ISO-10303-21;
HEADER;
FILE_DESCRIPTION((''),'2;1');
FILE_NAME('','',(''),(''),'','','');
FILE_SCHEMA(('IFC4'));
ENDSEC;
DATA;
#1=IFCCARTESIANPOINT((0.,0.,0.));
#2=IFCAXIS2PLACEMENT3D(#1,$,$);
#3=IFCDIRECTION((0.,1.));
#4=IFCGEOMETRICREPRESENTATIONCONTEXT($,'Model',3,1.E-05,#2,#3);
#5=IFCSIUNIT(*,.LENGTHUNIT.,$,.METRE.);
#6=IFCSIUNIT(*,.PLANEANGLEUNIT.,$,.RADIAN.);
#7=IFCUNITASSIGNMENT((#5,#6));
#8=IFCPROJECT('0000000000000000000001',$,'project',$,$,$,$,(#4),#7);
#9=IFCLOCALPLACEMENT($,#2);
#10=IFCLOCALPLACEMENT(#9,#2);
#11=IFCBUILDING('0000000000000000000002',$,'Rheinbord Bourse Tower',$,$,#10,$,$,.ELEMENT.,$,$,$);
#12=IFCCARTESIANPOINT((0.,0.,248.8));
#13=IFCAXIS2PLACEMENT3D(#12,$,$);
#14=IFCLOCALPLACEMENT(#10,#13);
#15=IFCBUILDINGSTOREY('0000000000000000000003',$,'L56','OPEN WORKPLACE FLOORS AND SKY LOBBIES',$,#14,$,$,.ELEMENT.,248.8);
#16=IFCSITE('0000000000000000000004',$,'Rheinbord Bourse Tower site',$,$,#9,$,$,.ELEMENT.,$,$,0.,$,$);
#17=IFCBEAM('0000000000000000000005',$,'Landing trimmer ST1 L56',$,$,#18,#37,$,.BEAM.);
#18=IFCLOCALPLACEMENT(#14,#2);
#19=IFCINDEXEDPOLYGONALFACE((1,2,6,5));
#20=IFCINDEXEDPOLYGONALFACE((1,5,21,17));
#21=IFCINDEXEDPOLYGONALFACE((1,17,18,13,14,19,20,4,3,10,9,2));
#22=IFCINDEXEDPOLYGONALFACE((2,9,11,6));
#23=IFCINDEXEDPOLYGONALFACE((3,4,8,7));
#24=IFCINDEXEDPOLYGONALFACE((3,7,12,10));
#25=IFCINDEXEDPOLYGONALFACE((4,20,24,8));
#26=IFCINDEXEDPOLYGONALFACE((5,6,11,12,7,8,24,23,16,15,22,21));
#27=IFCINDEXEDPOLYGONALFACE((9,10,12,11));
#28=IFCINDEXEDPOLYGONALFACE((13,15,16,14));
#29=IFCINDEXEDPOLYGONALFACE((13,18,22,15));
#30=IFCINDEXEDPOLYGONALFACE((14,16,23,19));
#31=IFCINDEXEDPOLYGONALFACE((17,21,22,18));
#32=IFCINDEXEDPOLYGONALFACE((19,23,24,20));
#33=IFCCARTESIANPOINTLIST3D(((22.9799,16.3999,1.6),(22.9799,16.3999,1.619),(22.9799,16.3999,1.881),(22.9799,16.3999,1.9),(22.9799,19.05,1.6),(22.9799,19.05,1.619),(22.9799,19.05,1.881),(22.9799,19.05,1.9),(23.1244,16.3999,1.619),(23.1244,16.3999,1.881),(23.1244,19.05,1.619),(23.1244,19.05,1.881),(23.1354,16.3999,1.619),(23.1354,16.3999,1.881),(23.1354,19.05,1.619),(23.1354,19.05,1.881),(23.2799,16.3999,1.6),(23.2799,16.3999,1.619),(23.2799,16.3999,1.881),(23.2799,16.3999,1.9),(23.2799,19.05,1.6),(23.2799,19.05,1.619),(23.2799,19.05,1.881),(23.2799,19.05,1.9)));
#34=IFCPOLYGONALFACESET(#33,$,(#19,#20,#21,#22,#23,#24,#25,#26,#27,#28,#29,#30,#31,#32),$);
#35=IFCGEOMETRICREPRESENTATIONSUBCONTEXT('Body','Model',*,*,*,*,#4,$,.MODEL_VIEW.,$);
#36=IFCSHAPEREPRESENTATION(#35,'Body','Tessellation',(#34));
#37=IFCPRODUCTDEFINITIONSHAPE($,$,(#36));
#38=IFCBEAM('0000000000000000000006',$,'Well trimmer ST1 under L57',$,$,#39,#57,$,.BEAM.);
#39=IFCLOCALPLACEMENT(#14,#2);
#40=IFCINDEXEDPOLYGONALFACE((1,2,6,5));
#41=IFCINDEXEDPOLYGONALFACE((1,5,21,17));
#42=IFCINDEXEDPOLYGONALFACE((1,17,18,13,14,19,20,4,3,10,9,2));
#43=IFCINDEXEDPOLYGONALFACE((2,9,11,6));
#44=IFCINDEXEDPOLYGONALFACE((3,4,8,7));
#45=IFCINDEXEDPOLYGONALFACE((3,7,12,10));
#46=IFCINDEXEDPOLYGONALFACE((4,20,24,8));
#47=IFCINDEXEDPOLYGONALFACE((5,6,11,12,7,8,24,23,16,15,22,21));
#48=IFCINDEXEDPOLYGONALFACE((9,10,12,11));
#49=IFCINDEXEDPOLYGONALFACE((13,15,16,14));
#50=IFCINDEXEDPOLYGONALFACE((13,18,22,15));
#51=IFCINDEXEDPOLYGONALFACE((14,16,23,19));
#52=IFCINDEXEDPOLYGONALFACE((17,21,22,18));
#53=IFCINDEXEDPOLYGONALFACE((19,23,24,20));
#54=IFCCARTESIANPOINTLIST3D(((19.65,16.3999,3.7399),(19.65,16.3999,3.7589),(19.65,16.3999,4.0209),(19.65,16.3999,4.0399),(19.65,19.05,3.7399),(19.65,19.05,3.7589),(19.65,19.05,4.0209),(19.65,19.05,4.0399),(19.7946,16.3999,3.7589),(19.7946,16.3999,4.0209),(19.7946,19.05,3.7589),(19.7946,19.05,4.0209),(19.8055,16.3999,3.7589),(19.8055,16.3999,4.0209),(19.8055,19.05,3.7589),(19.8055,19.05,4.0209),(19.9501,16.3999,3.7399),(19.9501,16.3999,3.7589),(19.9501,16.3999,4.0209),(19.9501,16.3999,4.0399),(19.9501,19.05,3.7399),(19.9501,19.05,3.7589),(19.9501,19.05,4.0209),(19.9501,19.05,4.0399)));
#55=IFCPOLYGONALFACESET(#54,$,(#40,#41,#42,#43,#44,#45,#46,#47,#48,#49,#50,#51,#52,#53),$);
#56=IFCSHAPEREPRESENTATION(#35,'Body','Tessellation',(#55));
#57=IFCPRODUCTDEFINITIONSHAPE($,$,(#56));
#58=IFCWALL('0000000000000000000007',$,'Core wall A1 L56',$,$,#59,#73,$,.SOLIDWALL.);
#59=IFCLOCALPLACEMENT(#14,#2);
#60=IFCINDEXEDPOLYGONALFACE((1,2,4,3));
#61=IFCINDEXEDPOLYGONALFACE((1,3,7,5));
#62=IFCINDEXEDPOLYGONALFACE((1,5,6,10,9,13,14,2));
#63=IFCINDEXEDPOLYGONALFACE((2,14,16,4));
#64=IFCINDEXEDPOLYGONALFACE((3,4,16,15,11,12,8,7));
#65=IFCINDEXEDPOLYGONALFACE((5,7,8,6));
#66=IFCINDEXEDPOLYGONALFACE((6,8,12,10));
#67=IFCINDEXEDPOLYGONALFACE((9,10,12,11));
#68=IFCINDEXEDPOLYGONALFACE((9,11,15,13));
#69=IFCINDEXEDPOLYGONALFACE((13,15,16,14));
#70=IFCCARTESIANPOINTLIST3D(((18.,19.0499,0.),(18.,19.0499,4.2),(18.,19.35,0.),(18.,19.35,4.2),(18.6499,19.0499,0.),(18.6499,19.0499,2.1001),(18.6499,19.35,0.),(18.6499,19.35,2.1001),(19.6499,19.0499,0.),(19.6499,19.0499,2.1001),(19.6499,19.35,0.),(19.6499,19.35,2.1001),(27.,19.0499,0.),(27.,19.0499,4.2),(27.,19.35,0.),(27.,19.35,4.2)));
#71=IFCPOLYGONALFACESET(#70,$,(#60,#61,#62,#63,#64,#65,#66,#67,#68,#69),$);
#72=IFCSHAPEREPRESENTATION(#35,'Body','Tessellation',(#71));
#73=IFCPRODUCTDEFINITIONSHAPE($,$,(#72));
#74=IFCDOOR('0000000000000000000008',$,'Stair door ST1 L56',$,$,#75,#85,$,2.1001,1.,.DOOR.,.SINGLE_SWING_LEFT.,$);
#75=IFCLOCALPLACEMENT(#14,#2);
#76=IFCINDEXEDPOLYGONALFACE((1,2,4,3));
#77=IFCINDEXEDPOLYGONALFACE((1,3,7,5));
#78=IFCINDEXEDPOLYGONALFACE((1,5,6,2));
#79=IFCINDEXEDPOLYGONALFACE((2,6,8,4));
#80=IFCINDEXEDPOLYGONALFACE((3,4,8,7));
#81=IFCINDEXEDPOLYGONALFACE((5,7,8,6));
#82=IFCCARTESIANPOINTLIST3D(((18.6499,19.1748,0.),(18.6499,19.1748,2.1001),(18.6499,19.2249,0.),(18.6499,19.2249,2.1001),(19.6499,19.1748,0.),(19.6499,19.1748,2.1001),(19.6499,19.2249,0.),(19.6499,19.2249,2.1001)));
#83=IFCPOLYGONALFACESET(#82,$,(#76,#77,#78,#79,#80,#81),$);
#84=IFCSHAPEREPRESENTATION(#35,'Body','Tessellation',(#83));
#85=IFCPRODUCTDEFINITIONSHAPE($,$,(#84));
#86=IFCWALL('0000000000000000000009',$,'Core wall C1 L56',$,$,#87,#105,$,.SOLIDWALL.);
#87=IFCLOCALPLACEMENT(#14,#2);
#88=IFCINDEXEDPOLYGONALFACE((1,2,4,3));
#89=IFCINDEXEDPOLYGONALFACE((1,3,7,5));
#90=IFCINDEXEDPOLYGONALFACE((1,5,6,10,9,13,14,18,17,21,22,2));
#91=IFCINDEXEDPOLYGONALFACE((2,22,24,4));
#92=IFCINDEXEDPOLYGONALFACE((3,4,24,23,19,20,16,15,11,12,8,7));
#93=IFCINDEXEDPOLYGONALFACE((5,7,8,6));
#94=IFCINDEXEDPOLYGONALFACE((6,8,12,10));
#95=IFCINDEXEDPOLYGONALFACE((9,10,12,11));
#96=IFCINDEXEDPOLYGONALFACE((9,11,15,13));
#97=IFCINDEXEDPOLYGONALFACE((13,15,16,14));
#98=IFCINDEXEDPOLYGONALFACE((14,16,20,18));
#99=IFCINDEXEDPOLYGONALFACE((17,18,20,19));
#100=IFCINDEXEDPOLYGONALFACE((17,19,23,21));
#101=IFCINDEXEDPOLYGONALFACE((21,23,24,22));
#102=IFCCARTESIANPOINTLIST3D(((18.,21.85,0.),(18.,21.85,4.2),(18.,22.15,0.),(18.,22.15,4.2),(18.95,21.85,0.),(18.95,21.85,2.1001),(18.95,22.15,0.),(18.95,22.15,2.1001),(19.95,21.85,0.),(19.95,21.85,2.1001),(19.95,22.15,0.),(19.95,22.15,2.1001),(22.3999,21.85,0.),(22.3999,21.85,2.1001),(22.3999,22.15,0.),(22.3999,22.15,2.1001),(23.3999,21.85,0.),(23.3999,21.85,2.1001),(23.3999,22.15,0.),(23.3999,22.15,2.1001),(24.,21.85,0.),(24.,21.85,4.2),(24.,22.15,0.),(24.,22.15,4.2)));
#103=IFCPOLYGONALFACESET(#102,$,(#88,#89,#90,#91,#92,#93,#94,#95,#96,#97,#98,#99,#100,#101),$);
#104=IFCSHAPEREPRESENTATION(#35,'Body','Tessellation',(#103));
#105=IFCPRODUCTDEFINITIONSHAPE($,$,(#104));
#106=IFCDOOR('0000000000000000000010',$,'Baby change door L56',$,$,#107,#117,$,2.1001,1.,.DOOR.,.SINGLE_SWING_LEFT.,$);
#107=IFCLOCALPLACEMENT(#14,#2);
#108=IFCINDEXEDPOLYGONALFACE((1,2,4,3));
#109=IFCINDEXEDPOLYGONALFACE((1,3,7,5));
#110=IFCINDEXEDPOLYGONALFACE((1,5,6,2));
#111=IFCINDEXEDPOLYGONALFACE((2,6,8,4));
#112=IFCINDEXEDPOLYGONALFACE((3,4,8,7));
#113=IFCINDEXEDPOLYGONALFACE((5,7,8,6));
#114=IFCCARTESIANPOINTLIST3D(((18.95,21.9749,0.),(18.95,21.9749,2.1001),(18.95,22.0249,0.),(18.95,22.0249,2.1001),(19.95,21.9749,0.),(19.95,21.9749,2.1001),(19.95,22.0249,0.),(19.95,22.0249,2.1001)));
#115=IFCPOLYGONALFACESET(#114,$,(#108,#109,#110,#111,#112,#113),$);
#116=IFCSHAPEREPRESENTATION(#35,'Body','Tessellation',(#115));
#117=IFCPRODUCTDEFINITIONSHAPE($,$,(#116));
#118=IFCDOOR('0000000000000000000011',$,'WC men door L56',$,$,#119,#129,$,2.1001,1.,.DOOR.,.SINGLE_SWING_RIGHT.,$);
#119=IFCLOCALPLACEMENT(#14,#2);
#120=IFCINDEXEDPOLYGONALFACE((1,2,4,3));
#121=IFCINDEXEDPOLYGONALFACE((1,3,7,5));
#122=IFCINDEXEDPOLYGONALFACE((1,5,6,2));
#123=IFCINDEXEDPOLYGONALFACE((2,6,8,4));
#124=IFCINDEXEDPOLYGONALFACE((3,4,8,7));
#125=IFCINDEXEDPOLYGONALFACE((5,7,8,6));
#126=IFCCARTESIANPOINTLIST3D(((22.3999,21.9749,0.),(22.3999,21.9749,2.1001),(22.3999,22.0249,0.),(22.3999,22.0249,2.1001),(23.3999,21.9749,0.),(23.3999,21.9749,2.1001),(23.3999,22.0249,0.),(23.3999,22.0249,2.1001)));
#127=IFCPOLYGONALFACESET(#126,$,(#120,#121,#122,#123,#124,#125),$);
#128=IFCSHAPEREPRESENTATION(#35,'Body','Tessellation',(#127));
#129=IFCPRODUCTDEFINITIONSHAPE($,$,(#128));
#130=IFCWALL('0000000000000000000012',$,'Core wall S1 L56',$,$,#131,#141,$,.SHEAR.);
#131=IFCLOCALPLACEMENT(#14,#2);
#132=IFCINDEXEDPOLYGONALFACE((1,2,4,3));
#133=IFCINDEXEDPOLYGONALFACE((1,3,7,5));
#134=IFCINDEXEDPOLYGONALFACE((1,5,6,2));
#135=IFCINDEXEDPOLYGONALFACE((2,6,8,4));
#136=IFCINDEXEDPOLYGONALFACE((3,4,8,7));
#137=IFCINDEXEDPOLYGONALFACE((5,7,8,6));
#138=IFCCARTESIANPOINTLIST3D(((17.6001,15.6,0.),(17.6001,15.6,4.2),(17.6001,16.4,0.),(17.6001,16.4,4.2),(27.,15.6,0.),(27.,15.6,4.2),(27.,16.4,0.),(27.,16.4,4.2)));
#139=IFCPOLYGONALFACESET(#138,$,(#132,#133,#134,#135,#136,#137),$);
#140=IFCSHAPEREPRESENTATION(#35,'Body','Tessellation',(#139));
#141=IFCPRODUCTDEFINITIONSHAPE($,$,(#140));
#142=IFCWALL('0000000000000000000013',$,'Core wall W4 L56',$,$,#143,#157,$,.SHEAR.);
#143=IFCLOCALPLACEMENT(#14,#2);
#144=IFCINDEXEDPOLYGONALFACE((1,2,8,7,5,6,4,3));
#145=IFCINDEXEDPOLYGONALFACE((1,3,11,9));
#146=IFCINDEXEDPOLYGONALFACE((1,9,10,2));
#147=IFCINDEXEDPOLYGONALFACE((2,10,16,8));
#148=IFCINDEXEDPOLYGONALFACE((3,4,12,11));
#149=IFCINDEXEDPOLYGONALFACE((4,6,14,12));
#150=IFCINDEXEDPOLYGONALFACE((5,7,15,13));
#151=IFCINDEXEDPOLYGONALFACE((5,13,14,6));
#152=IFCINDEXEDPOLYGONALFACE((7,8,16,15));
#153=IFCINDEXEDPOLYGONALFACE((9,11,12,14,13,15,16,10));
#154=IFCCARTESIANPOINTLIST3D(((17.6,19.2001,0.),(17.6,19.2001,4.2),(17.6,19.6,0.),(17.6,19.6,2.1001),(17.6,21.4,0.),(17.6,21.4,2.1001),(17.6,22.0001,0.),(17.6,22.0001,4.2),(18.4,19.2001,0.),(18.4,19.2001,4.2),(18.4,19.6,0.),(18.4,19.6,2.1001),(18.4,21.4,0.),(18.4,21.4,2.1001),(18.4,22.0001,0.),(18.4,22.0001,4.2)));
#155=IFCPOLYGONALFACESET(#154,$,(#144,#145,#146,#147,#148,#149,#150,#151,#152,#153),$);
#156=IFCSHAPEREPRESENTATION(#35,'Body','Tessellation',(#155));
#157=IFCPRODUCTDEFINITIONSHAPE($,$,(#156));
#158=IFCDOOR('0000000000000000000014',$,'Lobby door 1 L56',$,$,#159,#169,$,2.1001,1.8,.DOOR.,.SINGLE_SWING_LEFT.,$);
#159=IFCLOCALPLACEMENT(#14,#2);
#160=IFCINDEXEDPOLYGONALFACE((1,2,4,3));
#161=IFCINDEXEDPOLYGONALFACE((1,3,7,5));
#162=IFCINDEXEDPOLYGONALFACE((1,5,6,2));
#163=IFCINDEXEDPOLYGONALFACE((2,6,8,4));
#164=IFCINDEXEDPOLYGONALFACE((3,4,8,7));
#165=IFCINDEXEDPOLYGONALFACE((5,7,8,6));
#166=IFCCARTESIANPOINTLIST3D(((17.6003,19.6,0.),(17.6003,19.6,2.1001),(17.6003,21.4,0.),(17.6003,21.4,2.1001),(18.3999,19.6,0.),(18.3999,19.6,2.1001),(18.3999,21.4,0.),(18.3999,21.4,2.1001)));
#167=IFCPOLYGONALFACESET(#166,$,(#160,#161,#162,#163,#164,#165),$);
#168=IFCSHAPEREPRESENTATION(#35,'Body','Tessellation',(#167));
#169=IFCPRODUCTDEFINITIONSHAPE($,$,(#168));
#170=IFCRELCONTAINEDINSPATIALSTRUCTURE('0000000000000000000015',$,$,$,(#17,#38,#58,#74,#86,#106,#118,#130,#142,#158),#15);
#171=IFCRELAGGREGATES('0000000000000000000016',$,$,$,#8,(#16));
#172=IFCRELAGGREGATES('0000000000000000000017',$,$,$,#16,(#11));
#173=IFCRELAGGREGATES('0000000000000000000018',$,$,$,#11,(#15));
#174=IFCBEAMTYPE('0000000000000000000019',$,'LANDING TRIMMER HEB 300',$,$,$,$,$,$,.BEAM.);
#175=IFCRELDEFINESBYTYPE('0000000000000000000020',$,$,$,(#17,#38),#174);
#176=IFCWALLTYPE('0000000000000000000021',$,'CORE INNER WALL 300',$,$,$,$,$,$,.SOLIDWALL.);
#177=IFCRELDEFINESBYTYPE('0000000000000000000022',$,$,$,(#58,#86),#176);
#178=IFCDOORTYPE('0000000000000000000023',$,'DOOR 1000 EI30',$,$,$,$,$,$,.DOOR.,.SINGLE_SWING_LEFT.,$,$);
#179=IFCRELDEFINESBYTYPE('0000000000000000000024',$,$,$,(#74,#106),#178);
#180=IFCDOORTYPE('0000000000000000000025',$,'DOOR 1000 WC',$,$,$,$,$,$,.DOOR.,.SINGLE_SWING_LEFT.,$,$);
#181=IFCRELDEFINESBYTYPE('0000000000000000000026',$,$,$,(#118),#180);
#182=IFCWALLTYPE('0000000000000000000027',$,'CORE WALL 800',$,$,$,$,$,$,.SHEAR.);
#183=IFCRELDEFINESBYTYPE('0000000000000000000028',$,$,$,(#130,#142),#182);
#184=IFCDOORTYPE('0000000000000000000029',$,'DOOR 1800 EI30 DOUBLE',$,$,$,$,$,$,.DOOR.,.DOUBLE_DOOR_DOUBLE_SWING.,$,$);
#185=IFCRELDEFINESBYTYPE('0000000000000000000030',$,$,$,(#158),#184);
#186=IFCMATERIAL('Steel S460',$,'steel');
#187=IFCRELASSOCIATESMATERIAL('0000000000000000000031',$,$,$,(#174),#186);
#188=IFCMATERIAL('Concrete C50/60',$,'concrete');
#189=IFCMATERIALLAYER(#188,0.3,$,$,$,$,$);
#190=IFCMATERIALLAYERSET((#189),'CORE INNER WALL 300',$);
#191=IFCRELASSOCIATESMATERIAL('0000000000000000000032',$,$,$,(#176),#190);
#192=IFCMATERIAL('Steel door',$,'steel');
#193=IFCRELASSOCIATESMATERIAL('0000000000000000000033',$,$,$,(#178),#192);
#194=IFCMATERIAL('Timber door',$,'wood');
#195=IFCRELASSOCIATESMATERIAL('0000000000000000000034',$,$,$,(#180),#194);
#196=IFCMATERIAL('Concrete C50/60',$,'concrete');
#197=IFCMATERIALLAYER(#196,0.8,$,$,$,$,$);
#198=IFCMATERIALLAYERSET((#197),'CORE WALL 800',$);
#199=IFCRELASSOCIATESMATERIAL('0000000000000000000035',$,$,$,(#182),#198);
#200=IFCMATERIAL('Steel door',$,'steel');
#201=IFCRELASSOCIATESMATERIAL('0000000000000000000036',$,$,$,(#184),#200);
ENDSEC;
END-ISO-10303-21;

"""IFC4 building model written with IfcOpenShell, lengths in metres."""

from ifc_helpers import new_model, si_unit, direction, frame, frame_2d, origin, origin_2d, place, context, subcontext, project, spatial, rectangle, i_section, extrude, material, layer, layer_set, material_profile, profile_set, type_object, element, fill, save


model = new_model("IFC4")

# Units and contexts
model_context = context("Model", 3, precision=1e-05, world=origin(), true_north=direction((0.0, 1.0)))
body_context = subcontext(model_context, "Body", "Model", "MODEL_VIEW")
ifc_project = project(units=[si_unit("LENGTHUNIT", "METRE"), si_unit("PLANEANGLEUNIT", "RADIAN")], contexts=[model_context])

# Site, building, storey
site_placement = place(None, origin())
site = spatial("IfcSite", under=ifc_project, at=site_placement, Name="Rheinbord Bourse Tower site", CompositionType="ELEMENT", RefElevation=0.0)
building_placement = place(site_placement, origin())
building = spatial("IfcBuilding", under=site, at=building_placement, Name="Rheinbord Bourse Tower", CompositionType="ELEMENT")
storey_placement = place(building_placement, frame((0.0, 0.0, 248.8)))
storey = spatial("IfcBuildingStorey", under=building, at=storey_placement, Name="L56", Description="OPEN WORKPLACE FLOORS AND SKY LOBBIES", CompositionType="ELEMENT", Elevation=248.8)

# Beams
ifc_material_1 = material(Name="Steel S460", Category="steel")
ifc_material_profile = material_profile(ifc_material_1, i_section(OverallWidth=0.3, OverallDepth=0.3, WebThickness=0.011, FlangeThickness=0.019, at=origin_2d()), Name="HEB 300")
ifc_profile_set = profile_set([ifc_material_profile], Name="Steel S460")
beam_type = type_object("IfcBeamType", Name="LANDING TRIMMER HEB 300", PredefinedType="BEAM", material=ifc_profile_set)
for number, where, z_axis, x_axis, name in (
    (1, (23.1299, 16.3999, 1.75), (0.0, 1.0, 0.0), (-1.0, 0.0, 0.0), "Landing trimmer ST1 L56"),
    (2, (19.8, 16.3999, 3.8899), (0.0, 1.0, 0.0), (-1.0, 0.0, 0.0), "Well trimmer ST1 under L57"),
):
    element("IfcBeam", number, at=place(storey_placement, frame(where, z_axis=z_axis, x_axis=x_axis)), inside=storey, type_object=beam_type, Name=name, PredefinedType="BEAM", context=body_context, shape_type="SweptSolid", body=[
        extrude(i_section(OverallWidth=0.3, OverallDepth=0.3, WebThickness=0.011, FlangeThickness=0.019, at=origin_2d()), origin(), (0.0, 0.0, 1.0), 2.6501),
    ])

# Wall, opening, door
ifc_material_2 = material(Name="Concrete C50/60", Category="concrete")
ifc_layer_1 = layer(ifc_material_2, 0.3)
ifc_layer_set_1 = layer_set([ifc_layer_1], Name="CORE INNER WALL 300")
wall_type_1 = type_object("IfcWallType", Name="CORE INNER WALL 300", PredefinedType="SOLIDWALL", material=ifc_layer_set_1)
wall_1_placement = place(storey_placement, frame((18.0, 19.2, 0.0), z_axis=(0.0, 0.0, 1.0), x_axis=(1.0, 0.0, 0.0)))
wall_1 = element("IfcWall", 3, at=wall_1_placement, inside=storey, type_object=wall_type_1, Name="Core wall A1 L56", PredefinedType="SOLIDWALL", context=body_context, shape_type="SweptSolid", body=[
    extrude(rectangle(XDim=9.0, YDim=0.3, at=frame_2d((4.5, 0.0))), origin(), (0.0, 0.0, 1.0), 4.2),
])
opening_1_placement = place(wall_1_placement, frame((0.6499, 0.0, 0.0)))
opening_1 = element("IfcOpeningElement", 4, at=opening_1_placement, cuts=wall_1, PredefinedType="OPENING", context=body_context, shape_type="SweptSolid", body=[
    extrude(rectangle(XDim=1.0, YDim=2.1001, at=frame_2d((0.5, 1.05))), frame((0.0, 0.1599, 0.0), z_axis=(0.0, -1.0, 0.0), x_axis=(1.0, 0.0, 0.0)), (0.0, 0.0, 1.0), 0.3201),
])
ifc_material_3 = material(Name="Steel door", Category="steel")
door_type_1 = type_object("IfcDoorType", Name="DOOR 1000 EI30", OperationType="SINGLE_SWING_LEFT", PredefinedType="DOOR", material=ifc_material_3)
door_1_placement = place(opening_1_placement, origin())
door_1 = element("IfcDoor", 5, at=door_1_placement, inside=storey, type_object=door_type_1, Name="Stair door ST1 L56", OperationType="SINGLE_SWING_LEFT", OverallHeight=2.1001, OverallWidth=1.0, PredefinedType="DOOR", context=body_context, shape_type="SweptSolid", body=[
    extrude(rectangle(XDim=1.0, YDim=2.1001, at=frame_2d((0.5, 1.05))), frame((0.0, 0.0249, 0.0), z_axis=(0.0, -1.0, 0.0), x_axis=(1.0, 0.0, 0.0)), (0.0, 0.0, 1.0), 0.05),
])
fill(opening_1, door_1)

# Wall, openings, doors
wall_2_placement = place(storey_placement, frame((18.0, 22.0, 0.0), z_axis=(0.0, 0.0, 1.0), x_axis=(1.0, 0.0, 0.0)))
wall_2 = element("IfcWall", 6, at=wall_2_placement, inside=storey, type_object=wall_type_1, Name="Core wall C1 L56", PredefinedType="SOLIDWALL", context=body_context, shape_type="SweptSolid", body=[
    extrude(rectangle(XDim=6.0, YDim=0.3, at=frame_2d((3.0, 0.0))), origin(), (0.0, 0.0, 1.0), 4.2),
])
opening_2_placement = place(wall_2_placement, frame((4.3999, 0.0, 0.0)))
opening_2 = element("IfcOpeningElement", 7, at=opening_2_placement, cuts=wall_2, PredefinedType="OPENING", context=body_context, shape_type="SweptSolid", body=[
    extrude(rectangle(XDim=1.0, YDim=2.1001, at=frame_2d((0.5, 1.05))), frame((0.0, 0.1599, 0.0), z_axis=(0.0, -1.0, 0.0), x_axis=(1.0, 0.0, 0.0)), (0.0, 0.0, 1.0), 0.3201),
])
opening_3_placement = place(wall_2_placement, frame((0.95, 0.0, 0.0)))
opening_3 = element("IfcOpeningElement", 8, at=opening_3_placement, cuts=wall_2, PredefinedType="OPENING", context=body_context, shape_type="SweptSolid", body=[
    extrude(rectangle(XDim=1.0, YDim=2.1001, at=frame_2d((0.5, 1.05))), frame((0.0, 0.1599, 0.0), z_axis=(0.0, -1.0, 0.0), x_axis=(1.0, 0.0, 0.0)), (0.0, 0.0, 1.0), 0.3201),
])
door_2_placement = place(opening_3_placement, origin())
door_2 = element("IfcDoor", 9, at=door_2_placement, inside=storey, type_object=door_type_1, Name="Baby change door L56", OperationType="SINGLE_SWING_LEFT", OverallHeight=2.1001, OverallWidth=1.0, PredefinedType="DOOR", context=body_context, shape_type="SweptSolid", body=[
    extrude(rectangle(XDim=1.0, YDim=2.1001, at=frame_2d((0.5, 1.05))), frame((0.0, 0.0249, 0.0), z_axis=(0.0, -1.0, 0.0), x_axis=(1.0, 0.0, 0.0)), (0.0, 0.0, 1.0), 0.05),
])
fill(opening_3, door_2)
ifc_material_4 = material(Name="Timber door", Category="wood")
door_type_2 = type_object("IfcDoorType", Name="DOOR 1000 WC", OperationType="SINGLE_SWING_LEFT", PredefinedType="DOOR", material=ifc_material_4)
door_3_placement = place(opening_2_placement, origin())
door_3 = element("IfcDoor", 10, at=door_3_placement, inside=storey, type_object=door_type_2, Name="WC men door L56", OperationType="SINGLE_SWING_RIGHT", OverallHeight=2.1001, OverallWidth=1.0, PredefinedType="DOOR", context=body_context, shape_type="SweptSolid", body=[
    extrude(rectangle(XDim=1.0, YDim=2.1001, at=frame_2d((0.5, 1.05))), frame((0.0, 0.0249, 0.0), z_axis=(0.0, -1.0, 0.0), x_axis=(1.0, 0.0, 0.0)), (0.0, 0.0, 1.0), 0.05),
])
fill(opening_2, door_3)

# Wall
ifc_material_5 = material(Name="Concrete C50/60", Category="concrete")
ifc_layer_2 = layer(ifc_material_5, 0.8)
ifc_layer_set_2 = layer_set([ifc_layer_2], Name="CORE WALL 800")
wall_type_2 = type_object("IfcWallType", Name="CORE WALL 800", PredefinedType="SHEAR", material=ifc_layer_set_2)
wall_3_placement = place(storey_placement, frame((17.6001, 16.0, 0.0), z_axis=(0.0, 0.0, 1.0), x_axis=(1.0, 0.0, 0.0)))
element("IfcWall", 11, at=wall_3_placement, inside=storey, type_object=wall_type_2, Name="Core wall S1 L56", PredefinedType="SHEAR", context=body_context, shape_type="SweptSolid", body=[
    extrude(rectangle(XDim=9.3999, YDim=0.8, at=frame_2d((4.7, 0.0))), origin(), (0.0, 0.0, 1.0), 4.2),
])

# Wall, opening, door
wall_4_placement = place(storey_placement, frame((18.0, 22.0, 0.0), z_axis=(0.0, 0.0, 1.0), x_axis=(0.0, -1.0, 0.0)))
wall_4 = element("IfcWall", 12, at=wall_4_placement, inside=storey, type_object=wall_type_2, Name="Core wall W4 L56", PredefinedType="SHEAR", context=body_context, shape_type="SweptSolid", body=[
    extrude(rectangle(XDim=2.8, YDim=0.8, at=frame_2d((1.3999, 0.0))), origin(), (0.0, 0.0, 1.0), 4.2),
])
opening_4_placement = place(wall_4_placement, frame((0.6001, 0.0, 0.0)))
opening_4 = element("IfcOpeningElement", 13, at=opening_4_placement, cuts=wall_4, PredefinedType="OPENING", context=body_context, shape_type="SweptSolid", body=[
    extrude(rectangle(XDim=1.8, YDim=2.1001, at=frame_2d((0.8999, 1.05))), frame((0.0, 0.4099, 0.0), z_axis=(0.0, -1.0, 0.0), x_axis=(1.0, 0.0, 0.0)), (0.0, 0.0, 1.0), 0.8201),
])
ifc_material_6 = material(Name="Steel door", Category="steel")
door_type_3 = type_object("IfcDoorType", Name="DOOR 1800 EI30 DOUBLE", OperationType="DOUBLE_DOOR_DOUBLE_SWING", PredefinedType="DOOR", material=ifc_material_6)
door_4_placement = place(opening_4_placement, origin())
door_4 = element("IfcDoor", 14, at=door_4_placement, inside=storey, type_object=door_type_3, Name="Lobby door 1 L56", OperationType="SINGLE_SWING_LEFT", OverallHeight=2.1001, OverallWidth=1.8, PredefinedType="DOOR", context=body_context, shape_type="SweptSolid", body=[
    extrude(rectangle(XDim=1.8, YDim=2.1001, at=frame_2d((0.8999, 1.05))), frame((0.0, 0.3999, 0.0), z_axis=(0.0, -1.0, 0.0), x_axis=(1.0, 0.0, 0.0)), (0.0, 0.0, 1.0), 0.7996),
])
fill(opening_4, door_4)

save(model, "model.ifc")
